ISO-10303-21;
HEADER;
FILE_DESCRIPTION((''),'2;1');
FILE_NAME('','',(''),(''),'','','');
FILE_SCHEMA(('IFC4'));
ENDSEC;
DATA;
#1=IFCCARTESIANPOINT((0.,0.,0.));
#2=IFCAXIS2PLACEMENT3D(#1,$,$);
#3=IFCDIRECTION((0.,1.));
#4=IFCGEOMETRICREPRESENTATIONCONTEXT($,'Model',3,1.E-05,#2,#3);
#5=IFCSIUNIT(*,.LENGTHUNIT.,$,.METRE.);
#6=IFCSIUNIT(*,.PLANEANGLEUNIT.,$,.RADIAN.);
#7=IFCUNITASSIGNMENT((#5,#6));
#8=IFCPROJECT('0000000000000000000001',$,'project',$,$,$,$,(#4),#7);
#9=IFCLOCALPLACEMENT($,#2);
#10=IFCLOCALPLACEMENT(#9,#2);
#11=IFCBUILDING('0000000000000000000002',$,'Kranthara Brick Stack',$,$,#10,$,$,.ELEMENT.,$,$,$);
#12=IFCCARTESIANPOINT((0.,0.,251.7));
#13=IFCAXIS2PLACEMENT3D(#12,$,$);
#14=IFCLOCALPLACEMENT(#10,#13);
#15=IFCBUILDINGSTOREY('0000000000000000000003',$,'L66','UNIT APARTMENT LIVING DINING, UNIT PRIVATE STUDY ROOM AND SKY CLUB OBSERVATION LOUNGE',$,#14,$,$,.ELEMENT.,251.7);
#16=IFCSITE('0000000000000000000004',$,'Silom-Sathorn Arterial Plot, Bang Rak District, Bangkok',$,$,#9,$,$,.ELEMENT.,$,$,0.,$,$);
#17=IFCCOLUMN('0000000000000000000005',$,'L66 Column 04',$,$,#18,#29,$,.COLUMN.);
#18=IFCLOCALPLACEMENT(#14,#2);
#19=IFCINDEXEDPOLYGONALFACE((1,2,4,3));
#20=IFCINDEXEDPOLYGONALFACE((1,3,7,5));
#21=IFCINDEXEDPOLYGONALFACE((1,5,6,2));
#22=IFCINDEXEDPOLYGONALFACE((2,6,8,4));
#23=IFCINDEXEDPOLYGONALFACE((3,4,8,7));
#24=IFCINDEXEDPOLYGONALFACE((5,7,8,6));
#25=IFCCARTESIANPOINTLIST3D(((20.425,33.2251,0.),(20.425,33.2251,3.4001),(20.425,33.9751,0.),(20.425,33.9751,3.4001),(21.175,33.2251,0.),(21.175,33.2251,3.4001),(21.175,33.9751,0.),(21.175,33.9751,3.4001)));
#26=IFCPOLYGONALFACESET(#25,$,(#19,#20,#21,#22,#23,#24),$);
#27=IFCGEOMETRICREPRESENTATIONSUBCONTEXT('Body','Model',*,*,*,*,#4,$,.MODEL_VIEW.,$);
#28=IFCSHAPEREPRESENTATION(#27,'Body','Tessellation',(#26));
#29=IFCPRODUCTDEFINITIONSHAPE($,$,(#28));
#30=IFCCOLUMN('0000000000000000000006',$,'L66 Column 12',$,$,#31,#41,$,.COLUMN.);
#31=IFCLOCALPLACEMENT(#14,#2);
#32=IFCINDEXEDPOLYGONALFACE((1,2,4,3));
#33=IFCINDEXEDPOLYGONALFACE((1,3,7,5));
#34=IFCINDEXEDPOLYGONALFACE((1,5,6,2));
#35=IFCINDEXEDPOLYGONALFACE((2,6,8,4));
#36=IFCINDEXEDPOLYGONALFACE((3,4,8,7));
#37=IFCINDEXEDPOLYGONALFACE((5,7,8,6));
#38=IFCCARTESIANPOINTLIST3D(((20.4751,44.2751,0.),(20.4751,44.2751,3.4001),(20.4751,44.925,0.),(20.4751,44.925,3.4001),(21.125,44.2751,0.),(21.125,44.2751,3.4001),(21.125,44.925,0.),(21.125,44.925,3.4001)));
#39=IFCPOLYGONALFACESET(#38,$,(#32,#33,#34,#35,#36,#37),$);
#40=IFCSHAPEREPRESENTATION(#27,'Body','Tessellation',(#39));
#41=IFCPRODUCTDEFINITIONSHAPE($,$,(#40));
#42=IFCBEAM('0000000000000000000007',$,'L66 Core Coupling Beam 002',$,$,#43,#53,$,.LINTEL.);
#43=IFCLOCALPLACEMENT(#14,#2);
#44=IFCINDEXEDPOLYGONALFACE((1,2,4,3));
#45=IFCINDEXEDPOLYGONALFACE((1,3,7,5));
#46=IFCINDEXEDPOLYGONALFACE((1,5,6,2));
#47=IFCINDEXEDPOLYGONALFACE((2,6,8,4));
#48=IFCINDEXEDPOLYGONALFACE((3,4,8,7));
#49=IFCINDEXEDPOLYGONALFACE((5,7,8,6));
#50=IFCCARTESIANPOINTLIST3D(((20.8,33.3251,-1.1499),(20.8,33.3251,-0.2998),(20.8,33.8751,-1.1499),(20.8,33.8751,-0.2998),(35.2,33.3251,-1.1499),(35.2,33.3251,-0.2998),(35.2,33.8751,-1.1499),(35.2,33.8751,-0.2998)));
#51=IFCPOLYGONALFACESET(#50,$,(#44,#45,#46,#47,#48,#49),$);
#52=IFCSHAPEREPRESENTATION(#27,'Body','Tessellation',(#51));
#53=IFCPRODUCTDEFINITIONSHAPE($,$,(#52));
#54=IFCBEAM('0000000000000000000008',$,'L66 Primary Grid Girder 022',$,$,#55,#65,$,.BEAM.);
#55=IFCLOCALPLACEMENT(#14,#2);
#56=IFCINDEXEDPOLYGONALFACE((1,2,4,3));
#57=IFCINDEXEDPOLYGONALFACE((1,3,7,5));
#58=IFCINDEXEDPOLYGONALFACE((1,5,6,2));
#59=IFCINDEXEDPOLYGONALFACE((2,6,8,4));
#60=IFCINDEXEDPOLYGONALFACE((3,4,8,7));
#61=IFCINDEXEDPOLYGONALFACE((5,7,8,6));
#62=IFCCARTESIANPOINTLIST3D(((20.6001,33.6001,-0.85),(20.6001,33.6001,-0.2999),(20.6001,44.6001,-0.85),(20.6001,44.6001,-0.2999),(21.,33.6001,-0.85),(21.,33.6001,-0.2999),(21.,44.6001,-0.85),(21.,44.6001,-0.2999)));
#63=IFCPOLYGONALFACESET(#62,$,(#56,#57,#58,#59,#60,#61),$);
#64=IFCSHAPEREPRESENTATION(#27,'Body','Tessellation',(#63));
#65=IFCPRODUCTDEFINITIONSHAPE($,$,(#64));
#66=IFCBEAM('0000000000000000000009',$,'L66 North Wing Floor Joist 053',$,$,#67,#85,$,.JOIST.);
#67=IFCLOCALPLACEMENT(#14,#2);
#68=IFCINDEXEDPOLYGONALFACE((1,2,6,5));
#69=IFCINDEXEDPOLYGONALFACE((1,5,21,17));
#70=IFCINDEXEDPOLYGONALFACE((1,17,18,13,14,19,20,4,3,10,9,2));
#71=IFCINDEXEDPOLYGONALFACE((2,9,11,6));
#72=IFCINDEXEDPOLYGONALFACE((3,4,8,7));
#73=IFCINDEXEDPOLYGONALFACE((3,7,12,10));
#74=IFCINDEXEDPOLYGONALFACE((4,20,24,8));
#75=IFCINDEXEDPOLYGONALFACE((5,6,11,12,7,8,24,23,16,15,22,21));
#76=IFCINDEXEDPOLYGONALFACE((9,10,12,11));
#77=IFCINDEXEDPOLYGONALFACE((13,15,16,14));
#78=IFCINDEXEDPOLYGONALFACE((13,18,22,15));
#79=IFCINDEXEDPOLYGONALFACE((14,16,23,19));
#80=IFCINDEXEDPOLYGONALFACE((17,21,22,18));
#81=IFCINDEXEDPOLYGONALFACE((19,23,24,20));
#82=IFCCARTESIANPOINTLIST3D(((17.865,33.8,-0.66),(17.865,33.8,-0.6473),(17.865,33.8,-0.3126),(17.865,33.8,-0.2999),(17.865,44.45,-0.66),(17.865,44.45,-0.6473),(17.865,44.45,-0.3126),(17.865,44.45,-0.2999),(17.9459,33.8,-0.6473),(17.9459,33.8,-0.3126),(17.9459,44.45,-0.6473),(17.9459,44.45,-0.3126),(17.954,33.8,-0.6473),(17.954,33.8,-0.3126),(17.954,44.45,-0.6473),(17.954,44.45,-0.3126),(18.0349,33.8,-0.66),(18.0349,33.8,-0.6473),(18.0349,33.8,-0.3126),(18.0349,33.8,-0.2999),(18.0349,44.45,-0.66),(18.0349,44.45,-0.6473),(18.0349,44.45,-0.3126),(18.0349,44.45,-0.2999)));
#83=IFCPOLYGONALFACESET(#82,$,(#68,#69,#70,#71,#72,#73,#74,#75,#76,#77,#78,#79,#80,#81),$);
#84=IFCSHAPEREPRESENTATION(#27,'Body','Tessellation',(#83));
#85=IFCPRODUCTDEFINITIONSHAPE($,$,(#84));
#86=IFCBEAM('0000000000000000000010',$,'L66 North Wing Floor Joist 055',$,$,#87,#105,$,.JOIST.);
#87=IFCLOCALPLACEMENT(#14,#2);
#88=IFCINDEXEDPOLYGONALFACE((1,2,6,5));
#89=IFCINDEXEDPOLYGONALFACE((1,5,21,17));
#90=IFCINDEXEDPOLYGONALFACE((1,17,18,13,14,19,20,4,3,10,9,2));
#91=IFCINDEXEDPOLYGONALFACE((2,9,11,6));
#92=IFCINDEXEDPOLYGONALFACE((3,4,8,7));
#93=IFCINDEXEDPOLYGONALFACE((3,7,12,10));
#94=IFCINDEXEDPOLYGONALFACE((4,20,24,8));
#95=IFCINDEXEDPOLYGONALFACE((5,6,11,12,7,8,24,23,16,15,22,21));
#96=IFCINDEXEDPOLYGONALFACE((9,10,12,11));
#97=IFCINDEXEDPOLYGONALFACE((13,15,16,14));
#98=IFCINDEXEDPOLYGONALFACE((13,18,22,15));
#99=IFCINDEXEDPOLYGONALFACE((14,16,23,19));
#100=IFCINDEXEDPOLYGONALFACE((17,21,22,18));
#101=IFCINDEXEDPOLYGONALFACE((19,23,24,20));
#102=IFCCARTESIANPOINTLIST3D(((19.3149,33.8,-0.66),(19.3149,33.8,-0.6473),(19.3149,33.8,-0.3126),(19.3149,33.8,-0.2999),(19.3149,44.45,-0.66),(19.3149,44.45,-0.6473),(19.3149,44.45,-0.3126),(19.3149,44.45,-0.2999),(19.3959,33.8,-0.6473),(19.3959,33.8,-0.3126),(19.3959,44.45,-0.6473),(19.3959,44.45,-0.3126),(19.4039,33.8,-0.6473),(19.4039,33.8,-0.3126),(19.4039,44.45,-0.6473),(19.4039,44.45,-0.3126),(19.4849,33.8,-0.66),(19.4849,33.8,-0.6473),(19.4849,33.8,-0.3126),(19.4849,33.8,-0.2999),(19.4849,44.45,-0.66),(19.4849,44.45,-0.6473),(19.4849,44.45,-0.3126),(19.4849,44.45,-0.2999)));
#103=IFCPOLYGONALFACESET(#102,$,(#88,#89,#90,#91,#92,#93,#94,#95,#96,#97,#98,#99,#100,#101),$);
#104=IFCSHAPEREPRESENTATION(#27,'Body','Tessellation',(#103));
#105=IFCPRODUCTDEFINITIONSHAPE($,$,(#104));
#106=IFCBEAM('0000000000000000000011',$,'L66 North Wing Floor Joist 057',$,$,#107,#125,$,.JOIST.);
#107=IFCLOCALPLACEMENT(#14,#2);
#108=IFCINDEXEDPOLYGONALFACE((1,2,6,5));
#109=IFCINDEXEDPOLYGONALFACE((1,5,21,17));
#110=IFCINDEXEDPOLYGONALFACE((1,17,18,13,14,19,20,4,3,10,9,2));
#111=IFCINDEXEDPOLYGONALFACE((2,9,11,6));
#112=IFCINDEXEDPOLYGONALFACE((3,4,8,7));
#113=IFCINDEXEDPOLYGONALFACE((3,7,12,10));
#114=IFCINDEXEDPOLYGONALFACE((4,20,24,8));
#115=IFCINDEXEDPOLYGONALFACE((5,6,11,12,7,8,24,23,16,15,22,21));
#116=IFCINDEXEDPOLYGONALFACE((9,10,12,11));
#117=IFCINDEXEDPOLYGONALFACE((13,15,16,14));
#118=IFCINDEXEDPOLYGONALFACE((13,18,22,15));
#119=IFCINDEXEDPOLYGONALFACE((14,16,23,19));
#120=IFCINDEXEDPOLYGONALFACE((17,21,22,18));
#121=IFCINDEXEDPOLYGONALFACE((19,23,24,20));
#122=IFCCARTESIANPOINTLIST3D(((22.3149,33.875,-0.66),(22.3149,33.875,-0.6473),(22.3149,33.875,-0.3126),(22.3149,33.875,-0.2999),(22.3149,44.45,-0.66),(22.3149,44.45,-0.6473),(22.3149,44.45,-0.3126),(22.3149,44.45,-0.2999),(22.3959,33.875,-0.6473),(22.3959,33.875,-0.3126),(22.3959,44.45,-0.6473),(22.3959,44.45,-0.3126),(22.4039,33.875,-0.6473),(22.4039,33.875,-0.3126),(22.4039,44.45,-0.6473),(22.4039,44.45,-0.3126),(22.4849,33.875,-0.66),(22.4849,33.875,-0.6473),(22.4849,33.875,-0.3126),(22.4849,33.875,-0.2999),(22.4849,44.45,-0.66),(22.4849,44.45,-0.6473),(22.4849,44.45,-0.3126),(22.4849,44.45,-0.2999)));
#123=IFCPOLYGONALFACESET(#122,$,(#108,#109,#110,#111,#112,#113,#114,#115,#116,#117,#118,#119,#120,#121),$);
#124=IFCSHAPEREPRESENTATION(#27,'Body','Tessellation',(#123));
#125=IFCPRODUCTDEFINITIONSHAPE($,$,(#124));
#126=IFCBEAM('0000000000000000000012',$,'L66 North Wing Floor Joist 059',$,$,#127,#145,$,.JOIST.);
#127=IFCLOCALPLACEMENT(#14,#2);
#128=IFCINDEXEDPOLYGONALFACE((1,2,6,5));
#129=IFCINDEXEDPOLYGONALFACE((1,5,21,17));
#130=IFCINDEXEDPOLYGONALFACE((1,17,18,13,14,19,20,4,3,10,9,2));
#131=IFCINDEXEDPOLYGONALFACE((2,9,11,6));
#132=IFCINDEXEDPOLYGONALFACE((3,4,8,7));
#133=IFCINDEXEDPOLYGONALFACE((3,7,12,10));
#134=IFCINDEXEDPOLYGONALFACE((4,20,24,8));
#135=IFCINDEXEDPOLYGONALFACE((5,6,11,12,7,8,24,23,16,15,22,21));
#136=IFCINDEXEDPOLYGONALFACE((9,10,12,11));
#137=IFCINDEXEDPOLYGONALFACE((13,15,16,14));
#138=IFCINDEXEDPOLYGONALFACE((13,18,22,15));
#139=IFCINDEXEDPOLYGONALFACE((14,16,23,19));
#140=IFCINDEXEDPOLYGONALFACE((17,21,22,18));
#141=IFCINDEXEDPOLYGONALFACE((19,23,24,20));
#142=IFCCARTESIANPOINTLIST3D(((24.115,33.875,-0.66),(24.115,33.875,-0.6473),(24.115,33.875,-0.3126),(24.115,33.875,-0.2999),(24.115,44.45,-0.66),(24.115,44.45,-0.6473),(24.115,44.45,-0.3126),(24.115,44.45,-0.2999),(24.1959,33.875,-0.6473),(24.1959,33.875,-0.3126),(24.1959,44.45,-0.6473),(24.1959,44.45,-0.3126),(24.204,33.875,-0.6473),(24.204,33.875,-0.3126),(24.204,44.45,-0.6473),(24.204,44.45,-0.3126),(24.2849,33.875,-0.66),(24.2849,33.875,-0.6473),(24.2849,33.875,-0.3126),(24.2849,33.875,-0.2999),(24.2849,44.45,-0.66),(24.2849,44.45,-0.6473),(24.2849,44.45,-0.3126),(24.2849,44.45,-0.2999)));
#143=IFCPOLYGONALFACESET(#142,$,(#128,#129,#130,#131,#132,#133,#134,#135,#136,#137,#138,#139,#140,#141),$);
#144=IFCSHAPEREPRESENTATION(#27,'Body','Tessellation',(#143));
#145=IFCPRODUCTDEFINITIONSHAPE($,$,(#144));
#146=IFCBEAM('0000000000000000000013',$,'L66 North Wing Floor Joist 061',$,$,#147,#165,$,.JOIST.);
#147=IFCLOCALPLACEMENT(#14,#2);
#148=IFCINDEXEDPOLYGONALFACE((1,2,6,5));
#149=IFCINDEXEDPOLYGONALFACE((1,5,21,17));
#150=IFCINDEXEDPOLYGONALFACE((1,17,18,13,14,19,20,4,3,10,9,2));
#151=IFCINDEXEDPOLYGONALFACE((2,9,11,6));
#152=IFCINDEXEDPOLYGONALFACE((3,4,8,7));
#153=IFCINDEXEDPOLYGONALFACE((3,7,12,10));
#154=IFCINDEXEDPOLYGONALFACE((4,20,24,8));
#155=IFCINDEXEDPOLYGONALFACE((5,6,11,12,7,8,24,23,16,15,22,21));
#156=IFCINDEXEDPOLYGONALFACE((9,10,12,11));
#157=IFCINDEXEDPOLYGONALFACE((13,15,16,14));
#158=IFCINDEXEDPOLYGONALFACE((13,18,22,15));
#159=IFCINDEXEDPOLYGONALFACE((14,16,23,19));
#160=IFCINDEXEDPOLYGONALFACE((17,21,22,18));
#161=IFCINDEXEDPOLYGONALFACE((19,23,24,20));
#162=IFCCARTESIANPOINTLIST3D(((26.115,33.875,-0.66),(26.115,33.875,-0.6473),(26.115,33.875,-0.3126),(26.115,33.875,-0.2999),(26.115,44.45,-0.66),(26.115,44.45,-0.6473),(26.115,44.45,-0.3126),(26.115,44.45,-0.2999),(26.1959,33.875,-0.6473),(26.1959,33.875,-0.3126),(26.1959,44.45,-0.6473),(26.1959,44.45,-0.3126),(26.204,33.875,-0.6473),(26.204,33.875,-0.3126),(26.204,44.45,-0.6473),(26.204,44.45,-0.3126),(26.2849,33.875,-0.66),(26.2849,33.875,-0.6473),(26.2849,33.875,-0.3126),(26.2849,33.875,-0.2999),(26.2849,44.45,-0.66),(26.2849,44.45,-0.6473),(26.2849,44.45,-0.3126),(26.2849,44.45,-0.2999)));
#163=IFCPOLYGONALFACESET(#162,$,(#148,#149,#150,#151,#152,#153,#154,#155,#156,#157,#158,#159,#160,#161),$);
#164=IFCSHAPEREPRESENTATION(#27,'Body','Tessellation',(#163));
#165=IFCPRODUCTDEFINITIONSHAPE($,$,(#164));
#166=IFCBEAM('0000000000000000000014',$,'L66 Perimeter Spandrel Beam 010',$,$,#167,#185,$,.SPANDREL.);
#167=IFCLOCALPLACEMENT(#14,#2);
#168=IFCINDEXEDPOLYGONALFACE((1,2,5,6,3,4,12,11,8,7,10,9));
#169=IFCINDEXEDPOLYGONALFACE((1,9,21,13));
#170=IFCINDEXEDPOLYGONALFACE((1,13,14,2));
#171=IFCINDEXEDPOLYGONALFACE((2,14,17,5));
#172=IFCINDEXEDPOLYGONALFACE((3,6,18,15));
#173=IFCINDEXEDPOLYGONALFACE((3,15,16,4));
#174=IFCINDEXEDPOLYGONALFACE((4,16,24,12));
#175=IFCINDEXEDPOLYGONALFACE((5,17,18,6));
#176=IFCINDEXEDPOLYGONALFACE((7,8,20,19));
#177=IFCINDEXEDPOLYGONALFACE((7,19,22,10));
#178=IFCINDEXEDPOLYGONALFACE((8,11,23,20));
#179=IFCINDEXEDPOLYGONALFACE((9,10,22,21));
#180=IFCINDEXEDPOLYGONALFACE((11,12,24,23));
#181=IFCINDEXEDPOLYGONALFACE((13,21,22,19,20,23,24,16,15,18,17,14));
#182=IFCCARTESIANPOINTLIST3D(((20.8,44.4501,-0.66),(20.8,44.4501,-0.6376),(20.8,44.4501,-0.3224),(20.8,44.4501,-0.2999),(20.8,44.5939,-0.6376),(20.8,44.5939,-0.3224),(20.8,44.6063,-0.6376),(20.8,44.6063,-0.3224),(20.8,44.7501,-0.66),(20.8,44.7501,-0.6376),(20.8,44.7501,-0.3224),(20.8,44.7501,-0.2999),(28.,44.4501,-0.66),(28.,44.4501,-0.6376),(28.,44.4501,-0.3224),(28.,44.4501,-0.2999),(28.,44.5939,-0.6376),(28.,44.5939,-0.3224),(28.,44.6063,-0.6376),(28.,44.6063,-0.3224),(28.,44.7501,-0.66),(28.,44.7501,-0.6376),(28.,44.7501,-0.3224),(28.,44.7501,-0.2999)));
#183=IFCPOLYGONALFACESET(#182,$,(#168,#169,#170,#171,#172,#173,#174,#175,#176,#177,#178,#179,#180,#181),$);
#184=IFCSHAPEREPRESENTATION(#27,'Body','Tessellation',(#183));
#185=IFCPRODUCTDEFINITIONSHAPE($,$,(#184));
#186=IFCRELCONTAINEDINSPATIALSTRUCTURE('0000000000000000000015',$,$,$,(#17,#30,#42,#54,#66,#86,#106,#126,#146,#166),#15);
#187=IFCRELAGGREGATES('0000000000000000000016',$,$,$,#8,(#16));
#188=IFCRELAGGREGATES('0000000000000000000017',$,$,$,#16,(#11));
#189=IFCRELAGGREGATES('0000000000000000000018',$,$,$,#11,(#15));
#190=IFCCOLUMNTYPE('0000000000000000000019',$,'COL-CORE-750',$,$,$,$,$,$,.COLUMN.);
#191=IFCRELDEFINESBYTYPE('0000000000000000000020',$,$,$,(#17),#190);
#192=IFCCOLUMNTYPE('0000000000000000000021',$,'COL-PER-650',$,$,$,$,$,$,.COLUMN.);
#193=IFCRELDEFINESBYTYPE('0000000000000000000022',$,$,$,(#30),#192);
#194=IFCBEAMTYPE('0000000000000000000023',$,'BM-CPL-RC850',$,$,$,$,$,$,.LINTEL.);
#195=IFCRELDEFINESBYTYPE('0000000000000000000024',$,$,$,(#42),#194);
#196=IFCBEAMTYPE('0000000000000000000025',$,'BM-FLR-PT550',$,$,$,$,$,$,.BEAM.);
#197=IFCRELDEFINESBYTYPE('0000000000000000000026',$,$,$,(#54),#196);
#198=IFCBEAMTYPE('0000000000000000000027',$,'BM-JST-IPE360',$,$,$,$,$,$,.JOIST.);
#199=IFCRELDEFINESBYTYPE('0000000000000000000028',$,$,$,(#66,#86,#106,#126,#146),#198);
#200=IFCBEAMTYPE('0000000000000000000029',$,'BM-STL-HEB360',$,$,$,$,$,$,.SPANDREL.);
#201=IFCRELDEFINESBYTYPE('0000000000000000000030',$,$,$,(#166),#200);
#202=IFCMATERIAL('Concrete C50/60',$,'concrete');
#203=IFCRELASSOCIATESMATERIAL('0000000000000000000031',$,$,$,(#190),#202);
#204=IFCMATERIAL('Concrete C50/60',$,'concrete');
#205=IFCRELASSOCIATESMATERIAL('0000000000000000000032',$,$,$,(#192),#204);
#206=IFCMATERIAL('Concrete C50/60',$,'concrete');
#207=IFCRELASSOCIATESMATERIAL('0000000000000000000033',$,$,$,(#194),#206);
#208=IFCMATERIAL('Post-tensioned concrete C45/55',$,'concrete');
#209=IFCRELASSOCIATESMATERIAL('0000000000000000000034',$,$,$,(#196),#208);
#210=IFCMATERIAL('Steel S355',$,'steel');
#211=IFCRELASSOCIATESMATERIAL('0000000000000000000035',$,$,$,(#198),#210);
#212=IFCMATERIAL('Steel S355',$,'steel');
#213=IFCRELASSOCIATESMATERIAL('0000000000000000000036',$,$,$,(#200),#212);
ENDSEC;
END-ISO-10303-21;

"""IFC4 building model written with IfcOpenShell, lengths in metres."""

from ifc_helpers import new_model, si_unit, direction, frame, origin, origin_2d, place, context, subcontext, project, spatial, rectangle, i_section, extrude, material, material_profile, profile_set, type_object, element, save


model = new_model("IFC4")

# Units and contexts
model_context = context("Model", 3, precision=1e-05, world=origin(), true_north=direction((0.0, 1.0)))
body_context = subcontext(model_context, "Body", "Model", "MODEL_VIEW")
ifc_project = project(units=[si_unit("LENGTHUNIT", "METRE"), si_unit("PLANEANGLEUNIT", "RADIAN")], contexts=[model_context])

# Site, building, storey
site_placement = place(None, origin())
site = spatial("IfcSite", under=ifc_project, at=site_placement, Name="Silom-Sathorn Arterial Plot, Bang Rak District, Bangkok", CompositionType="ELEMENT", RefElevation=0.0)
building_placement = place(site_placement, origin())
building = spatial("IfcBuilding", under=site, at=building_placement, Name="Kranthara Brick Stack", CompositionType="ELEMENT")
storey_placement = place(building_placement, frame((0.0, 0.0, 251.7)))
storey = spatial("IfcBuildingStorey", under=building, at=storey_placement, Name="L66", Description="UNIT APARTMENT LIVING DINING, UNIT PRIVATE STUDY ROOM AND SKY CLUB OBSERVATION LOUNGE", CompositionType="ELEMENT", Elevation=251.7)

# Columns
ifc_material_1 = material(Name="Concrete C50/60", Category="concrete")
ifc_material_profile_1 = material_profile(ifc_material_1, rectangle(XDim=0.75, YDim=0.75, at=origin_2d()), Name="RC 750x750")
ifc_profile_set_1 = profile_set([ifc_material_profile_1], Name="Concrete C50/60")
column_type_1 = type_object("IfcColumnType", Name="COL-CORE-750", PredefinedType="COLUMN", material=ifc_profile_set_1)
column_1_placement = place(storey_placement, frame((20.8, 33.6001, 0.0), z_axis=(0.0, 0.0, 1.0), x_axis=(1.0, 0.0, 0.0)))
element("IfcColumn", 1, at=column_1_placement, inside=storey, type_object=column_type_1, Name="L66 Column 04", PredefinedType="COLUMN", context=body_context, shape_type="SweptSolid", body=[
    extrude(rectangle(XDim=0.75, YDim=0.75, at=origin_2d()), origin(), (0.0, 0.0, 1.0), 3.4001),
])
ifc_material_2 = material(Name="Concrete C50/60", Category="concrete")
ifc_material_profile_2 = material_profile(ifc_material_2, rectangle(XDim=0.6499, YDim=0.6499, at=origin_2d()), Name="RC 650x650")
ifc_profile_set_2 = profile_set([ifc_material_profile_2], Name="Concrete C50/60")
column_type_2 = type_object("IfcColumnType", Name="COL-PER-650", PredefinedType="COLUMN", material=ifc_profile_set_2)
column_2_placement = place(storey_placement, frame((20.8, 44.6001, 0.0), z_axis=(0.0, 0.0, 1.0), x_axis=(1.0, 0.0, 0.0)))
element("IfcColumn", 2, at=column_2_placement, inside=storey, type_object=column_type_2, Name="L66 Column 12", PredefinedType="COLUMN", context=body_context, shape_type="SweptSolid", body=[
    extrude(rectangle(XDim=0.6499, YDim=0.6499, at=origin_2d()), origin(), (0.0, 0.0, 1.0), 3.4001),
])

# Beams
ifc_material_3 = material(Name="Concrete C50/60", Category="concrete")
ifc_material_profile_3 = material_profile(ifc_material_3, rectangle(XDim=0.55, YDim=0.8501, at=origin_2d()), Name="RC 550x850")
ifc_profile_set_3 = profile_set([ifc_material_profile_3], Name="Concrete C50/60")
beam_type_1 = type_object("IfcBeamType", Name="BM-CPL-RC850", PredefinedType="LINTEL", material=ifc_profile_set_3)
beam_1_placement = place(storey_placement, frame((20.8, 33.6001, -0.7249), z_axis=(1.0, 0.0, 0.0), x_axis=(0.0, 1.0, 0.0)))
element("IfcBeam", 3, at=beam_1_placement, inside=storey, type_object=beam_type_1, Name="L66 Core Coupling Beam 002", PredefinedType="LINTEL", context=body_context, shape_type="SweptSolid", body=[
    extrude(rectangle(XDim=0.55, YDim=0.8501, at=origin_2d()), origin(), (0.0, 0.0, 1.0), 14.3999),
])
ifc_material_4 = material(Name="Post-tensioned concrete C45/55", Category="concrete")
ifc_material_profile_4 = material_profile(ifc_material_4, rectangle(XDim=0.3999, YDim=0.55, at=origin_2d()), Name="PT 400x550")
ifc_profile_set_4 = profile_set([ifc_material_profile_4], Name="Post-tensioned concrete C45/55")
beam_type_2 = type_object("IfcBeamType", Name="BM-FLR-PT550", PredefinedType="BEAM", material=ifc_profile_set_4)
beam_2_placement = place(storey_placement, frame((20.8, 33.6001, -0.575), z_axis=(0.0, 1.0, 0.0), x_axis=(-1.0, 0.0, 0.0)))
element("IfcBeam", 4, at=beam_2_placement, inside=storey, type_object=beam_type_2, Name="L66 Primary Grid Girder 022", PredefinedType="BEAM", context=body_context, shape_type="SweptSolid", body=[
    extrude(rectangle(XDim=0.3999, YDim=0.55, at=origin_2d()), origin(), (0.0, 0.0, 1.0), 11.0),
])
ifc_material_5 = material(Name="Steel S355", Category="steel")
ifc_material_profile_5 = material_profile(ifc_material_5, i_section(OverallWidth=0.1699, OverallDepth=0.3601, WebThickness=0.0081, FlangeThickness=0.0127, at=origin_2d()), Name="IPE 360")
ifc_profile_set_5 = profile_set([ifc_material_profile_5], Name="Steel S355")
beam_type_3 = type_object("IfcBeamType", Name="BM-JST-IPE360", PredefinedType="JOIST", material=ifc_profile_set_5)
for number, where, z_axis, x_axis, name in (
    (5, (17.95, 33.8, -0.48), (0.0, 1.0, 0.0), (-1.0, 0.0, 0.0), "L66 North Wing Floor Joist 053"),
    (6, (19.3999, 33.8, -0.48), (0.0, 1.0, 0.0), (-1.0, 0.0, 0.0), "L66 North Wing Floor Joist 055"),
):
    element("IfcBeam", number, at=place(storey_placement, frame(where, z_axis=z_axis, x_axis=x_axis)), inside=storey, type_object=beam_type_3, Name=name, PredefinedType="JOIST", context=body_context, shape_type="SweptSolid", body=[
        extrude(i_section(OverallWidth=0.1699, OverallDepth=0.3601, WebThickness=0.0081, FlangeThickness=0.0127, at=origin_2d()), origin(), (0.0, 0.0, 1.0), 10.6499),
    ])
for number, where, z_axis, x_axis, name in (
    (7, (22.3999, 33.875, -0.48), (0.0, 1.0, 0.0), (-1.0, 0.0, 0.0), "L66 North Wing Floor Joist 057"),
    (8, (24.2, 33.875, -0.48), (0.0, 1.0, 0.0), (-1.0, 0.0, 0.0), "L66 North Wing Floor Joist 059"),
    (9, (26.2, 33.875, -0.48), (0.0, 1.0, 0.0), (-1.0, 0.0, 0.0), "L66 North Wing Floor Joist 061"),
):
    element("IfcBeam", number, at=place(storey_placement, frame(where, z_axis=z_axis, x_axis=x_axis)), inside=storey, type_object=beam_type_3, Name=name, PredefinedType="JOIST", context=body_context, shape_type="SweptSolid", body=[
        extrude(i_section(OverallWidth=0.1699, OverallDepth=0.3601, WebThickness=0.0081, FlangeThickness=0.0127, at=origin_2d()), origin(), (0.0, 0.0, 1.0), 10.575),
    ])
ifc_material_6 = material(Name="Steel S355", Category="steel")
ifc_material_profile_6 = material_profile(ifc_material_6, i_section(OverallWidth=0.3, OverallDepth=0.3601, WebThickness=0.0125, FlangeThickness=0.0225, at=origin_2d()), Name="HEB 360")
ifc_profile_set_6 = profile_set([ifc_material_profile_6], Name="Steel S355")
beam_type_4 = type_object("IfcBeamType", Name="BM-STL-HEB360", PredefinedType="SPANDREL", material=ifc_profile_set_6)
beam_3_placement = place(storey_placement, frame((20.8, 44.6001, -0.48), z_axis=(1.0, 0.0, 0.0), x_axis=(0.0, 1.0, 0.0)))
element("IfcBeam", 10, at=beam_3_placement, inside=storey, type_object=beam_type_4, Name="L66 Perimeter Spandrel Beam 010", PredefinedType="SPANDREL", context=body_context, shape_type="SweptSolid", body=[
    extrude(i_section(OverallWidth=0.3, OverallDepth=0.3601, WebThickness=0.0125, FlangeThickness=0.0225, at=origin_2d()), origin(), (0.0, 0.0, 1.0), 7.2),
])

save(model, "model.ifc")
